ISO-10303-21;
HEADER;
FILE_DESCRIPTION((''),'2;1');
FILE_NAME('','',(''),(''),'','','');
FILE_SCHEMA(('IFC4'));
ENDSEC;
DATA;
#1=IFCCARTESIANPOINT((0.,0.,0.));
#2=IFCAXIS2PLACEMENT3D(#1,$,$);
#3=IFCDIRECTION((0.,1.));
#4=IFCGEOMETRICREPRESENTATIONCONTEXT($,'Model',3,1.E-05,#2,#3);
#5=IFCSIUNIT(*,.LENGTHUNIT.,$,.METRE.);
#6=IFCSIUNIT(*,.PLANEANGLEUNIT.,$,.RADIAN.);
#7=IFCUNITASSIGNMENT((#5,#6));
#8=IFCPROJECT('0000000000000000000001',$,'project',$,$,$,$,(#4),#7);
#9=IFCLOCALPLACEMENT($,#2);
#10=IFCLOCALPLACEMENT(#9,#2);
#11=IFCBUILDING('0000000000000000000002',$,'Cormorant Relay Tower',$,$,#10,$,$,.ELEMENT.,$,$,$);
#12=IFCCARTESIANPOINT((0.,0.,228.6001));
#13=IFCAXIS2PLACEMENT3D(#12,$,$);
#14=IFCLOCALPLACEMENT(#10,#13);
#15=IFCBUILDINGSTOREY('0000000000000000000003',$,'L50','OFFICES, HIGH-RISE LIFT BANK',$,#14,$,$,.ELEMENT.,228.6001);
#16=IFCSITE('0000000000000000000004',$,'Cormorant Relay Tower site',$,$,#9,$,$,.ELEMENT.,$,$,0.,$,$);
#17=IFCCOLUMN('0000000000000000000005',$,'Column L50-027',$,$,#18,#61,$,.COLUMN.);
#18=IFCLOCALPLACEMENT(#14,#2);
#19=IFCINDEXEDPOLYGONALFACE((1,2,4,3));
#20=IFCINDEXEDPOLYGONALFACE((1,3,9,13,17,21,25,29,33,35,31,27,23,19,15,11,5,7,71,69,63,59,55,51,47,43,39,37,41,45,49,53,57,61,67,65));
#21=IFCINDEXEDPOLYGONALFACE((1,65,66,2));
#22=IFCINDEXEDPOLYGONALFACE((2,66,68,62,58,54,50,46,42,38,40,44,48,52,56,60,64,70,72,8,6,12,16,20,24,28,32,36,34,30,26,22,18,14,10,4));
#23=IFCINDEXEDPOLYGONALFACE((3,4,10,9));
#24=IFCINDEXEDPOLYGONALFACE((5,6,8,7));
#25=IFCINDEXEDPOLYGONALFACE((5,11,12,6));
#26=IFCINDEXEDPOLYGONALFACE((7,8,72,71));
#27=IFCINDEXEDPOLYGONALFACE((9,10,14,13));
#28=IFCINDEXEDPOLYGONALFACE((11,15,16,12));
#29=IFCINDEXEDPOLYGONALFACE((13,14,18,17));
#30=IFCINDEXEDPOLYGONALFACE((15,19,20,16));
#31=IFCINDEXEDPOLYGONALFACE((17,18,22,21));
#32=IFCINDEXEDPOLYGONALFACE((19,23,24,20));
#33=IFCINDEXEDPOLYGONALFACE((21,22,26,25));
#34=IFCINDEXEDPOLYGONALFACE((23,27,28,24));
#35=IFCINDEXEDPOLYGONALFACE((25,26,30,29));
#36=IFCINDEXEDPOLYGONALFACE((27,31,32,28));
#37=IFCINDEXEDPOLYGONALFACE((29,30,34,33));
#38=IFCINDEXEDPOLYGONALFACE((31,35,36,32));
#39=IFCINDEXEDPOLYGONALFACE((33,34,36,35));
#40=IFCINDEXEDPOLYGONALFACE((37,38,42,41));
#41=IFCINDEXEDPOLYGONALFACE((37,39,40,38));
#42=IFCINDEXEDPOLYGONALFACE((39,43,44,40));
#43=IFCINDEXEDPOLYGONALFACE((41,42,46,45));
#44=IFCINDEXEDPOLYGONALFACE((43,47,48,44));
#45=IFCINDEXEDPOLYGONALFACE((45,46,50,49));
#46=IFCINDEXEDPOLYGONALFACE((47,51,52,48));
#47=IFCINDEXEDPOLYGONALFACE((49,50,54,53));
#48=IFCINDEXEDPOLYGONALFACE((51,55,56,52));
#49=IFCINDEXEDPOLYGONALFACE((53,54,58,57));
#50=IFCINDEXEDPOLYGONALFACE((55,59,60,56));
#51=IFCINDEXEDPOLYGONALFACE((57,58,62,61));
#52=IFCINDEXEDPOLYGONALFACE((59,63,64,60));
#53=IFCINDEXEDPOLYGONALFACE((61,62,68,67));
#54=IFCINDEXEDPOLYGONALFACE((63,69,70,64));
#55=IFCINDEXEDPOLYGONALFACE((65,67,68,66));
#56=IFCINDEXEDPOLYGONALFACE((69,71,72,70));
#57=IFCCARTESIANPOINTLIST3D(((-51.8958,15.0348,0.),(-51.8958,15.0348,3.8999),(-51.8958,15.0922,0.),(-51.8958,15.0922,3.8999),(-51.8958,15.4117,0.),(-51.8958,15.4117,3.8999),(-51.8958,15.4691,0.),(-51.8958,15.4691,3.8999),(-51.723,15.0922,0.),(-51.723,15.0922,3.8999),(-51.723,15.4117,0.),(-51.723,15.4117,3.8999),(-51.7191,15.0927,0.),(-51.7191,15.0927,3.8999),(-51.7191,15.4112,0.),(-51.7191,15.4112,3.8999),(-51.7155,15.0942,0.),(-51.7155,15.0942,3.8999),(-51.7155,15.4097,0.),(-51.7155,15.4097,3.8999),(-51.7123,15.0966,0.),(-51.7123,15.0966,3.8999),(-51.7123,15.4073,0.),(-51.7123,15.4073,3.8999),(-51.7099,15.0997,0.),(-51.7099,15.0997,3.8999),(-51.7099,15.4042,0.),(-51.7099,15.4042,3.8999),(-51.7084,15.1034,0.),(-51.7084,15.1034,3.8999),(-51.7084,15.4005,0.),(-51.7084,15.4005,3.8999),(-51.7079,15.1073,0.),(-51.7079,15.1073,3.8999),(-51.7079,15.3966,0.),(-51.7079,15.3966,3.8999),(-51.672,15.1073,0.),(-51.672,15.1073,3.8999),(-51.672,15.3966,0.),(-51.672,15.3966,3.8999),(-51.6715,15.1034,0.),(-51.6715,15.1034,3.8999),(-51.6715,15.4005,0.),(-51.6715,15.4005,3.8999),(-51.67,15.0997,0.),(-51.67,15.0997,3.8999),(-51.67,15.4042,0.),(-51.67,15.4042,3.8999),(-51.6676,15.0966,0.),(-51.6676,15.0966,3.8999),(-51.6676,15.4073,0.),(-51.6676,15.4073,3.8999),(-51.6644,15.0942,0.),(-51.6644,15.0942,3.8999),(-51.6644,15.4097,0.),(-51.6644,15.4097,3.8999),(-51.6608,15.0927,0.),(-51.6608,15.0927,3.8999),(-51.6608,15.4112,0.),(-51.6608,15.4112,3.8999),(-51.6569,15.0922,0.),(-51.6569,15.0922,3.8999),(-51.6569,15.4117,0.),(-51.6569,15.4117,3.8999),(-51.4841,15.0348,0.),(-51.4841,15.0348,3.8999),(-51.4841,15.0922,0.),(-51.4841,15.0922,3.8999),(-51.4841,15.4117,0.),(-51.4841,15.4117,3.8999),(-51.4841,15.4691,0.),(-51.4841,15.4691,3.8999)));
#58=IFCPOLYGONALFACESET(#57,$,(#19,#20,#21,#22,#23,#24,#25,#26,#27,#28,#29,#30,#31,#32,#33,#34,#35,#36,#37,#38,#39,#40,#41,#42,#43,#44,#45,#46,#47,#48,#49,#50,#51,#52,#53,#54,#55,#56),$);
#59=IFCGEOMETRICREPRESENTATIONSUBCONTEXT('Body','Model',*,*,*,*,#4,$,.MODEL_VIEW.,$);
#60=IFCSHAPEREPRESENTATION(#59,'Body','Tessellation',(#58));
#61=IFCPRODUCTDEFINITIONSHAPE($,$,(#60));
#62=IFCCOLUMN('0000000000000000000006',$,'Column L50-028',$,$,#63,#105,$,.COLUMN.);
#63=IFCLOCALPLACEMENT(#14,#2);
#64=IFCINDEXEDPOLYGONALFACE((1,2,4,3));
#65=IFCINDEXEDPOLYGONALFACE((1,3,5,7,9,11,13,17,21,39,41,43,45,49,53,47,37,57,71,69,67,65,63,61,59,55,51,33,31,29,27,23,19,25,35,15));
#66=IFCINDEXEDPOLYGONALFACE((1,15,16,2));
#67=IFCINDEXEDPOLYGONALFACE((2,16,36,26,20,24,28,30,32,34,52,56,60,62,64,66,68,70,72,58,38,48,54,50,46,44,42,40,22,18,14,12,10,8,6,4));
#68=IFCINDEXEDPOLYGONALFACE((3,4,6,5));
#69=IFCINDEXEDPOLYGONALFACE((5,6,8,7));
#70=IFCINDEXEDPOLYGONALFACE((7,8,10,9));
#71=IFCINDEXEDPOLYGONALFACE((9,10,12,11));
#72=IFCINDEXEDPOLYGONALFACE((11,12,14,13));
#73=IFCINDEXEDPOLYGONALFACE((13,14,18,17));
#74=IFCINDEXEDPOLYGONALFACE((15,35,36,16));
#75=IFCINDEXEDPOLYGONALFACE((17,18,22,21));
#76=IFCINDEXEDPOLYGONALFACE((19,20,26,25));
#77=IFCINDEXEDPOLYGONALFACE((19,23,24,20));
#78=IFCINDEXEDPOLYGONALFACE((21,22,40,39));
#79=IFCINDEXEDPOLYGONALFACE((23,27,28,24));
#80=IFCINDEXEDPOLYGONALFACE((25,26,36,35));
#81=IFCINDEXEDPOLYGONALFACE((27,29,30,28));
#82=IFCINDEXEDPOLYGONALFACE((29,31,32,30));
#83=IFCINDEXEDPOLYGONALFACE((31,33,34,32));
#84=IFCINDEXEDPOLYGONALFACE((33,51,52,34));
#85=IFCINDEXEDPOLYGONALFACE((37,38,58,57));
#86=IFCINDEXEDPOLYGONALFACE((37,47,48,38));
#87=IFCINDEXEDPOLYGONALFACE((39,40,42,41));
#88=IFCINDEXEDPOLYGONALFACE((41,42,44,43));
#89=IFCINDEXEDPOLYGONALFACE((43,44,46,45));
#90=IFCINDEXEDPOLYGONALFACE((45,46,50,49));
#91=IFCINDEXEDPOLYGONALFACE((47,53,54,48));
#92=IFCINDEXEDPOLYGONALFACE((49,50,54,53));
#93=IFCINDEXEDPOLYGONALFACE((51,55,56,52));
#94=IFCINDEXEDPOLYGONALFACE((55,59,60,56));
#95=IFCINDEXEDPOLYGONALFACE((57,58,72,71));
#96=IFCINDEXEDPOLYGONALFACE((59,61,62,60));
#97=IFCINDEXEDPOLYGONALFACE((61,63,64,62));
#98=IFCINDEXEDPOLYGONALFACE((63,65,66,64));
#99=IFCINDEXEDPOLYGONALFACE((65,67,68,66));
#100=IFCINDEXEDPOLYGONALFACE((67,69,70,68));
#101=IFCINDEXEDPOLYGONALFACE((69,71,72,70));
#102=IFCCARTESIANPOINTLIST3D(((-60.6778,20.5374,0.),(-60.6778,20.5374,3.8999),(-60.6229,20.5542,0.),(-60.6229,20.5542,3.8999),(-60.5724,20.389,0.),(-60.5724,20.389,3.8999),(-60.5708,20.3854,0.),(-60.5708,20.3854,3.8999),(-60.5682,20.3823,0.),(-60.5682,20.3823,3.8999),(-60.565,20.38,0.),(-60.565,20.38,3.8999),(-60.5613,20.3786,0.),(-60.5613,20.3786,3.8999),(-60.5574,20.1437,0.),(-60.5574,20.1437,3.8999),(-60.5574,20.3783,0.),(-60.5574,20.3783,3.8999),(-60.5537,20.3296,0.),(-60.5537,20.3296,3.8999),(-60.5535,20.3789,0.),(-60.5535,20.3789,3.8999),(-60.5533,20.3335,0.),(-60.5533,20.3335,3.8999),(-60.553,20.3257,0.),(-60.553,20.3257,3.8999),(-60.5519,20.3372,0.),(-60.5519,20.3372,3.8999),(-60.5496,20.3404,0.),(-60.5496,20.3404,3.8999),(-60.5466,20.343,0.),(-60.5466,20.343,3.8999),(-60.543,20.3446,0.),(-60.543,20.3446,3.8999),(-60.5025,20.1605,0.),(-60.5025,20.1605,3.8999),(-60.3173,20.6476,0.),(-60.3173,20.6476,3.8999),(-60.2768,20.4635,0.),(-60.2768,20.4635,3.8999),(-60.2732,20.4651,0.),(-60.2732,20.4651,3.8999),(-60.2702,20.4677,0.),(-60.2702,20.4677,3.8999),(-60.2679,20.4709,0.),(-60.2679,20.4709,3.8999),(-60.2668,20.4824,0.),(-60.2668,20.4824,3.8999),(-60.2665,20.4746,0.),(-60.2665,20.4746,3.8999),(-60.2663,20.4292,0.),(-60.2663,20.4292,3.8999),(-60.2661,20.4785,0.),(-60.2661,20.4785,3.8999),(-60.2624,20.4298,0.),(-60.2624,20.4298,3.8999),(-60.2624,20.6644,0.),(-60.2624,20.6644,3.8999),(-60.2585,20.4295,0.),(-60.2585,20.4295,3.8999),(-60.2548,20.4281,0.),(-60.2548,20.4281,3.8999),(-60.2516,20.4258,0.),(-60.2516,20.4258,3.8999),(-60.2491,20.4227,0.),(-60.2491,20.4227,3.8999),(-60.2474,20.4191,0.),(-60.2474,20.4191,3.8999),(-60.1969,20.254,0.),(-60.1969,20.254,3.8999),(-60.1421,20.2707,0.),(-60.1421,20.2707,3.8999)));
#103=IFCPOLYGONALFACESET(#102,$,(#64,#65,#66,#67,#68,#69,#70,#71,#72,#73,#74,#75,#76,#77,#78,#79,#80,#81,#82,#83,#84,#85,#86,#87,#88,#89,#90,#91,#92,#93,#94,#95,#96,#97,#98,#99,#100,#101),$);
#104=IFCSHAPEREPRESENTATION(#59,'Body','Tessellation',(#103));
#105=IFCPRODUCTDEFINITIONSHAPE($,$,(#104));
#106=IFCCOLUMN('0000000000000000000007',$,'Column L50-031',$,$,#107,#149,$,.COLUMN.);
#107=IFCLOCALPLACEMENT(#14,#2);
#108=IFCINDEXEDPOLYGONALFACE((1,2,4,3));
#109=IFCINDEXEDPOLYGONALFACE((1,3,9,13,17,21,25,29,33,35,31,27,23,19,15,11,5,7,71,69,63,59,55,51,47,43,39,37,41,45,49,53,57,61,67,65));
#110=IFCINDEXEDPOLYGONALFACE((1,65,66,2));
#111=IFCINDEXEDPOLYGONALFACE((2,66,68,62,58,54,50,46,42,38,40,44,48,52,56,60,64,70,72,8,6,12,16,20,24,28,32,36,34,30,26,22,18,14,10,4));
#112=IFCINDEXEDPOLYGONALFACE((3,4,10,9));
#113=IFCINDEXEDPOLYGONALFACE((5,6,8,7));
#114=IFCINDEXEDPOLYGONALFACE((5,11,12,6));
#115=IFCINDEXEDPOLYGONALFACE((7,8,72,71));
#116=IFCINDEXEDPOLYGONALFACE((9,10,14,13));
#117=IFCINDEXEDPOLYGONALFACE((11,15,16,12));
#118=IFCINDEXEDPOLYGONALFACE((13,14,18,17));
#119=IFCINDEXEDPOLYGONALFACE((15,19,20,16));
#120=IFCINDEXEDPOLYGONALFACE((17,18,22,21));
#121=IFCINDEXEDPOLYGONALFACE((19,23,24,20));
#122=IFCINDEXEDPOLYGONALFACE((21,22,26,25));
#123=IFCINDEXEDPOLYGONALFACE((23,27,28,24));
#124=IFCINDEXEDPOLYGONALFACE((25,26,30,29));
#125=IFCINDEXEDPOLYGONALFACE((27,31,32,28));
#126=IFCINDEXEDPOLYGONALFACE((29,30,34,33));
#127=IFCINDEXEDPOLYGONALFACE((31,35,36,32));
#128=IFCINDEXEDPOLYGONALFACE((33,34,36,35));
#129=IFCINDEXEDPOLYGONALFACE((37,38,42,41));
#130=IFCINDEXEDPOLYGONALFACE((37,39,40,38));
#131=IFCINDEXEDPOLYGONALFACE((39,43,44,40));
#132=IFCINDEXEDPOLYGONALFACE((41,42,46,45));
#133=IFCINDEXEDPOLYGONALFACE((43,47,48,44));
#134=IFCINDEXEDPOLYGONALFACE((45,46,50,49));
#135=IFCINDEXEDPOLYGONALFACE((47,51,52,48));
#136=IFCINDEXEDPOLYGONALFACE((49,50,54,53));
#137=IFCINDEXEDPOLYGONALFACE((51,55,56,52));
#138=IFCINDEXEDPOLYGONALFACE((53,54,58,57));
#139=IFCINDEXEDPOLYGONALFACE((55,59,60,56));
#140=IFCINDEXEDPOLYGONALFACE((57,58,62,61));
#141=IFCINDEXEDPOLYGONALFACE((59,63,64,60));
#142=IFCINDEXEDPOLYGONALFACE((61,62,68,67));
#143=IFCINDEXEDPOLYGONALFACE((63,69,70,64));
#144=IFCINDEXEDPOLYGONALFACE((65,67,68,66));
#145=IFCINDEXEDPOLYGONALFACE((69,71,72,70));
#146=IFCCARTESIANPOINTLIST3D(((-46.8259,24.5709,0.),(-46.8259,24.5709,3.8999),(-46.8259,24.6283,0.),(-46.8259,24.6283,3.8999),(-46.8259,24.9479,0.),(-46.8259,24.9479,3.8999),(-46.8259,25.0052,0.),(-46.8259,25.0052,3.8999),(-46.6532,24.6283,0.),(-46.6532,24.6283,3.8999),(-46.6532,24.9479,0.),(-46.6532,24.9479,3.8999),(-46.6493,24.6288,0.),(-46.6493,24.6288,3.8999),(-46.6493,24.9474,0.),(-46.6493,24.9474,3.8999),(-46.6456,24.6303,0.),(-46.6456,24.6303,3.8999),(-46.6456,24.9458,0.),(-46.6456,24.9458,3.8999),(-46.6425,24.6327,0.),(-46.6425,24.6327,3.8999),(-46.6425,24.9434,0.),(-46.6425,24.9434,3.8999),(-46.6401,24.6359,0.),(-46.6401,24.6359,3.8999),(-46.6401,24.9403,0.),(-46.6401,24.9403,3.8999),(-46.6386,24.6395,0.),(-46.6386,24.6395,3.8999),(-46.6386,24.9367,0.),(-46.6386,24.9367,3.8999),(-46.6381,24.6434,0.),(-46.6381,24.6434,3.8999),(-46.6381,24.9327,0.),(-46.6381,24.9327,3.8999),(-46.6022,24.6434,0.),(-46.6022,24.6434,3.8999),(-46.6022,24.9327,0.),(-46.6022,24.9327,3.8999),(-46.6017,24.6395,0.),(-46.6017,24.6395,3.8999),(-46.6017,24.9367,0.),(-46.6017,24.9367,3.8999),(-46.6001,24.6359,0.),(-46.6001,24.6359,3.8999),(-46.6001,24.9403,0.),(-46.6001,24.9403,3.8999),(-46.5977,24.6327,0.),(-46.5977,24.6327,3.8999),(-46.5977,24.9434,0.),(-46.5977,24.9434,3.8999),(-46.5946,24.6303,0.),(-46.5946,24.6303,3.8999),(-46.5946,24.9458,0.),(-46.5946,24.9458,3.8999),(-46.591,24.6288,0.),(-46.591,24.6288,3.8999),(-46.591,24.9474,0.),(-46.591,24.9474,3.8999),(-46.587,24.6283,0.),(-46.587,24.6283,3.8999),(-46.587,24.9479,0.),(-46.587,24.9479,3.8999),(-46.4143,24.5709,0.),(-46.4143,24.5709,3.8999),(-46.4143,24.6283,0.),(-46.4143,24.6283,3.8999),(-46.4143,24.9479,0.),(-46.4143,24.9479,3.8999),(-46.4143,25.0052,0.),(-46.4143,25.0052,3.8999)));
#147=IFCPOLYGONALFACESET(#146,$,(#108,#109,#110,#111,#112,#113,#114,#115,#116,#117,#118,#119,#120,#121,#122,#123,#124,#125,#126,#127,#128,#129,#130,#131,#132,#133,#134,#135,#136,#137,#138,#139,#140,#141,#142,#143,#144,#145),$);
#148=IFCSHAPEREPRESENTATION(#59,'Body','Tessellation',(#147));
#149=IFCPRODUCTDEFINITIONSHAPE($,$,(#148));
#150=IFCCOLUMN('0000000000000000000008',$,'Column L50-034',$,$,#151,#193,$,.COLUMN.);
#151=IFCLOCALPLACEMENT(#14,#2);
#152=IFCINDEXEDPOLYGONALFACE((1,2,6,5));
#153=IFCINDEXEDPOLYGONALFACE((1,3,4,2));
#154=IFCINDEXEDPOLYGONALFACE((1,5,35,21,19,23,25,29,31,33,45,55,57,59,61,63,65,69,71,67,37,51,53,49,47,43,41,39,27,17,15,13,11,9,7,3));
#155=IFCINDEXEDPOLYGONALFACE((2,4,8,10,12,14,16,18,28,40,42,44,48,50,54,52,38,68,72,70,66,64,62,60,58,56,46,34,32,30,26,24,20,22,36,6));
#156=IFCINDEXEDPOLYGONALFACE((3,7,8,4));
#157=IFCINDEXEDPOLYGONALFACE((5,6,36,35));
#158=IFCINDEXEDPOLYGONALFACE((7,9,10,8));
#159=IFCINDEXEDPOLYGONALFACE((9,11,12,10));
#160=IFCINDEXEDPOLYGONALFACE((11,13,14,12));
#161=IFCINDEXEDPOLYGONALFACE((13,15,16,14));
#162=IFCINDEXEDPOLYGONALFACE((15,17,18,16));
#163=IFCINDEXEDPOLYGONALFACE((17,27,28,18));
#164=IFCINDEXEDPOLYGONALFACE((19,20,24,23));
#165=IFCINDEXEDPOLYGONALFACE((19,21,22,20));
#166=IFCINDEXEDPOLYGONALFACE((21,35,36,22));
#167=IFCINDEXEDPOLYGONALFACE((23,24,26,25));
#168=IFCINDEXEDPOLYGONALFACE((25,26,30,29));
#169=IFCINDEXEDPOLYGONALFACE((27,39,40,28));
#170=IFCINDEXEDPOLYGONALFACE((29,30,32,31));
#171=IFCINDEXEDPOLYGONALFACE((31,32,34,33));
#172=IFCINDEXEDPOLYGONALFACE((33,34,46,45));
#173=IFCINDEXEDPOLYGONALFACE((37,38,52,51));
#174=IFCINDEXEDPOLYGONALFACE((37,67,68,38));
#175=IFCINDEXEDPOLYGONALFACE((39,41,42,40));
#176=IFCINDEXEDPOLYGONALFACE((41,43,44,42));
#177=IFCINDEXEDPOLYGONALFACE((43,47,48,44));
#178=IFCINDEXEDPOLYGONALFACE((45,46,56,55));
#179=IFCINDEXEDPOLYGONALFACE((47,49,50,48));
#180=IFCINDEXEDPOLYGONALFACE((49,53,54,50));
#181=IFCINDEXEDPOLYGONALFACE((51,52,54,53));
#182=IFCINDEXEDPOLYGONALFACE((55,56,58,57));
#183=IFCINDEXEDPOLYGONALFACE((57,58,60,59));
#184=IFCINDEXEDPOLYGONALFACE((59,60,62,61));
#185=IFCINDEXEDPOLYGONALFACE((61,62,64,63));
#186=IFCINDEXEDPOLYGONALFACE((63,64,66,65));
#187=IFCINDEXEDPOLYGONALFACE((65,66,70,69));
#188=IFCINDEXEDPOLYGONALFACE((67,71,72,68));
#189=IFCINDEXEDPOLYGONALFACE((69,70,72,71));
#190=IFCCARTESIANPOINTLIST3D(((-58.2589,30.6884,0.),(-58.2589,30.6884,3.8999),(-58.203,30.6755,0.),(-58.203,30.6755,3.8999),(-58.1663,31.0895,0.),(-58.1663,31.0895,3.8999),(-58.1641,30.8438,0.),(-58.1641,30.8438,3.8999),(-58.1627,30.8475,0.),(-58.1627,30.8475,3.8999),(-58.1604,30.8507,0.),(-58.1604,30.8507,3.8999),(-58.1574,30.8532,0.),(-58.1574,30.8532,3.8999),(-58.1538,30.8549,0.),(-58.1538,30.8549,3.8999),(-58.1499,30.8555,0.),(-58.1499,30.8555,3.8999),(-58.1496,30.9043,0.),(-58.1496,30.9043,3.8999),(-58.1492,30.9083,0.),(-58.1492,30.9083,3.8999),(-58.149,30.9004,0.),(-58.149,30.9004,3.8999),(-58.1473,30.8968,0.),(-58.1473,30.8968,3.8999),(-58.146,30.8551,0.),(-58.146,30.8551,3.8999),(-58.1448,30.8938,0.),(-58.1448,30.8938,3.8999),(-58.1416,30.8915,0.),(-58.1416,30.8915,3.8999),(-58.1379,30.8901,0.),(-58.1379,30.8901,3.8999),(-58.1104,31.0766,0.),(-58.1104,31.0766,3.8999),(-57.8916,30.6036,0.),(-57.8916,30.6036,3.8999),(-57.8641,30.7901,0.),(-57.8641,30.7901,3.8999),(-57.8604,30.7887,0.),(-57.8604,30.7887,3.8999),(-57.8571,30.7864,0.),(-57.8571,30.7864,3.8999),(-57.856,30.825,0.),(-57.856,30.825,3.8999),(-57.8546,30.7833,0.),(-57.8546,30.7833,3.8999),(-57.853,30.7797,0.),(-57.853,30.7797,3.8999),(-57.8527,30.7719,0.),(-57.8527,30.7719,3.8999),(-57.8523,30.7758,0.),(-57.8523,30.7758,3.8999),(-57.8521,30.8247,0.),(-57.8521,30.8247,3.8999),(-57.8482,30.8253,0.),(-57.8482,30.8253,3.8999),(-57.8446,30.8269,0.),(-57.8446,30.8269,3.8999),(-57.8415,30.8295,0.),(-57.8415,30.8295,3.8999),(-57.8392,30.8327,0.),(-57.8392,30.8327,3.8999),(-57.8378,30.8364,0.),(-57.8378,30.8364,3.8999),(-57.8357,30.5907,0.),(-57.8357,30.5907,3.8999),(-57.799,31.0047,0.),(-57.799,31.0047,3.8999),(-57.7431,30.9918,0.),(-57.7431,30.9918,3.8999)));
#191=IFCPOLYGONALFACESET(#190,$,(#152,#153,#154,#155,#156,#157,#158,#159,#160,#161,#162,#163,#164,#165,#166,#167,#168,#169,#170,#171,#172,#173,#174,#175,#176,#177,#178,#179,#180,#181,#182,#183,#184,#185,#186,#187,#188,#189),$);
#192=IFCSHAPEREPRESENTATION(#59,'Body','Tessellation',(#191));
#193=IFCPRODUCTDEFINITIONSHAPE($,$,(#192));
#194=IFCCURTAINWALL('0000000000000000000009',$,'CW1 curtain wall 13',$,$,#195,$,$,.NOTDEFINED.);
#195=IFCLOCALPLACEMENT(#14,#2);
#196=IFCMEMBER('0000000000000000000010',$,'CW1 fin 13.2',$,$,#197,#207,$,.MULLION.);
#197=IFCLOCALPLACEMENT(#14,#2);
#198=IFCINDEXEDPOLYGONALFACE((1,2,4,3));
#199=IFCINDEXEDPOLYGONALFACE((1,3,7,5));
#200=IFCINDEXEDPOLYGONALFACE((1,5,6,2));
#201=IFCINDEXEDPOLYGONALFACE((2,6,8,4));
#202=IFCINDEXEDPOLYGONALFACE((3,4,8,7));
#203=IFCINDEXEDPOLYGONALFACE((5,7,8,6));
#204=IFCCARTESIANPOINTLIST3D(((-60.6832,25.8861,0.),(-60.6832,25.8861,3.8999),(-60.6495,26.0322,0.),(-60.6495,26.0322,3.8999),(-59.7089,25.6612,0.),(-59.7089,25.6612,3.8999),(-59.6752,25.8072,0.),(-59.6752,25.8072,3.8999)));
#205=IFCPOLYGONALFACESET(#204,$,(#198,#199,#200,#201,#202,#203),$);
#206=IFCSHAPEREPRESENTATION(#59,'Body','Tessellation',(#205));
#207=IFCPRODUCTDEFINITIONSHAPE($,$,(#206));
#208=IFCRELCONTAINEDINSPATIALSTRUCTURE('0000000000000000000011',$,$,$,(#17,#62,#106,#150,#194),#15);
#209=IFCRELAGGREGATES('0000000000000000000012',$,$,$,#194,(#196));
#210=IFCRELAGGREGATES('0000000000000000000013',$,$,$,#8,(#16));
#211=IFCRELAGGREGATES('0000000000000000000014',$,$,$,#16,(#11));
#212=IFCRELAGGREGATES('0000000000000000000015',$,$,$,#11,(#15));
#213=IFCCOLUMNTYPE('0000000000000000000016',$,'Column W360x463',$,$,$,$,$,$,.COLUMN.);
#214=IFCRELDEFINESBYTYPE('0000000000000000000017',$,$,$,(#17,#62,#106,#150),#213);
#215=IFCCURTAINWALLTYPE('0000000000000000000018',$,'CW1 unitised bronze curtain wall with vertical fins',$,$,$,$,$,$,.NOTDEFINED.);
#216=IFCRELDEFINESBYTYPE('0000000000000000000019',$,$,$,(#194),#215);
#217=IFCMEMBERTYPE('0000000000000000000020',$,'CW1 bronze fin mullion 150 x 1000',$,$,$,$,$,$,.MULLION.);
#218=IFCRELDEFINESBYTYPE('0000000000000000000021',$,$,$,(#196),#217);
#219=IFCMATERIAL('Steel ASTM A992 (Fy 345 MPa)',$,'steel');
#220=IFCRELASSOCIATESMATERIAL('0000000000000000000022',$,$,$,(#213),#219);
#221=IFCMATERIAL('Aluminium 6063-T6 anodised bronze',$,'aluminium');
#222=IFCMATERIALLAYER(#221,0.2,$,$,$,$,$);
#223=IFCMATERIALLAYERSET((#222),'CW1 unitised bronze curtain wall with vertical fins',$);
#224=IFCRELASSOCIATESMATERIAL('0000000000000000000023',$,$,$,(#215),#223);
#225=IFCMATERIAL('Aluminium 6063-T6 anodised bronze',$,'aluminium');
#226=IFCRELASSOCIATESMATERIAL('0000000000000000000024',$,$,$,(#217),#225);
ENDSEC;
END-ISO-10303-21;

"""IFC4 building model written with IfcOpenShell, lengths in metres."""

from ifc_helpers import new_model, si_unit, direction, frame, origin, origin_2d, place, context, subcontext, project, spatial, rectangle, i_section, extrude, material, layer, layer_set, material_profile, profile_set, type_object, element, aggregate, save


model = new_model("IFC4")

# Units and contexts
model_context = context("Model", 3, precision=1e-05, world=origin(), true_north=direction((0.0, 1.0)))
body_context = subcontext(model_context, "Body", "Model", "MODEL_VIEW")
ifc_project = project(units=[si_unit("LENGTHUNIT", "METRE"), si_unit("PLANEANGLEUNIT", "RADIAN")], contexts=[model_context])

# Site, building, storey
site_placement = place(None, origin())
site = spatial("IfcSite", under=ifc_project, at=site_placement, Name="Cormorant Relay Tower site", CompositionType="ELEMENT", RefElevation=0.0)
building_placement = place(site_placement, origin())
building = spatial("IfcBuilding", under=site, at=building_placement, Name="Cormorant Relay Tower", CompositionType="ELEMENT")
storey_placement = place(building_placement, frame((0.0, 0.0, 228.6001)))
storey = spatial("IfcBuildingStorey", under=building, at=storey_placement, Name="L50", Description="OFFICES, HIGH-RISE LIFT BANK", CompositionType="ELEMENT", Elevation=228.6001)

# Columns
ifc_material_1 = material(Name="Steel ASTM A992 (Fy 345 MPa)", Category="steel")
ifc_material_profile_1 = material_profile(ifc_material_1, i_section(OverallWidth=0.4116, OverallDepth=0.4343, WebThickness=0.0359, FlangeThickness=0.0574, FilletRadius=0.0151, at=origin_2d()), Name="W360x463")
ifc_profile_set_1 = profile_set([ifc_material_profile_1], Name="Steel ASTM A992 (Fy 345 MPa)")
column_type = type_object("IfcColumnType", Name="Column W360x463", PredefinedType="COLUMN", material=ifc_profile_set_1)
for number, where, z_axis, x_axis, name in (
    (1, (-51.6899, 15.252, 0.0), (0.0, 0.0, 1.0), (1.0, 0.0, 0.0), "Column L50-027"),
    (2, (-60.4099, 20.4041, 0.0), (0.0, 0.0, 1.0), (0.292372, -0.956305, 0.0), "Column L50-028"),
    (3, (-46.6201, 24.7881, 0.0), (0.0, 0.0, 1.0), (1.0, 0.0, 0.0), "Column L50-031"),
    (4, (-58.001, 30.8401, 0.0), (0.0, 0.0, 1.0), (-0.224951, -0.97437, 0.0), "Column L50-034"),
):
    element("IfcColumn", number, at=place(storey_placement, frame(where, z_axis=z_axis, x_axis=x_axis)), inside=storey, type_object=column_type, Name=name, PredefinedType="COLUMN", context=body_context, shape_type="SweptSolid", body=[
        extrude(i_section(OverallWidth=0.4116, OverallDepth=0.4343, WebThickness=0.0359, FlangeThickness=0.0574, FilletRadius=0.0151, at=origin_2d()), origin(), (0.0, 0.0, 1.0), 3.8999),
    ])

# Curtain wall, member
ifc_material_2 = material(Name="Aluminium 6063-T6 anodised bronze", Category="aluminium")
ifc_layer_1 = layer(ifc_material_2, 0.2)
ifc_layer_set_1 = layer_set([ifc_layer_1], Name="CW1 unitised bronze curtain wall with vertical fins")
curtain_wall_type = type_object("IfcCurtainWallType", Name="CW1 unitised bronze curtain wall with vertical fins", PredefinedType="NOTDEFINED", material=ifc_layer_set_1)
curtain_wall_1_placement = place(storey_placement, origin())
curtain_wall_1 = element("IfcCurtainWall", 5, at=curtain_wall_1_placement, inside=storey, type_object=curtain_wall_type, Name="CW1 curtain wall 13", PredefinedType="NOTDEFINED")
ifc_material_3 = material(Name="Aluminium 6063-T6 anodised bronze", Category="aluminium")
ifc_material_profile_2 = material_profile(ifc_material_3, rectangle(XDim=0.1499, YDim=1.0, at=origin_2d()), Name="AL 150x1000")
ifc_profile_set_2 = profile_set([ifc_material_profile_2], Name="Aluminium 6063-T6 anodised bronze")
member_type_1 = type_object("IfcMemberType", Name="CW1 bronze fin mullion 150 x 1000", PredefinedType="MULLION", material=ifc_profile_set_2)
member_1_placement = place(storey_placement, frame((-60.1792, 25.8467, 0.0), z_axis=(0.0, 0.0, 1.0), x_axis=(-0.224951, -0.97437, 0.0)))
member_1 = element("IfcMember", 6, at=member_1_placement, type_object=member_type_1, Name="CW1 fin 13.2", PredefinedType="MULLION", context=body_context, shape_type="SweptSolid", body=[
    extrude(rectangle(XDim=0.1499, YDim=1.0, at=origin_2d()), origin(), (0.0, 0.0, 1.0), 3.8999),
])

aggregate(curtain_wall_1, [member_1])

save(model, "model.ifc")
